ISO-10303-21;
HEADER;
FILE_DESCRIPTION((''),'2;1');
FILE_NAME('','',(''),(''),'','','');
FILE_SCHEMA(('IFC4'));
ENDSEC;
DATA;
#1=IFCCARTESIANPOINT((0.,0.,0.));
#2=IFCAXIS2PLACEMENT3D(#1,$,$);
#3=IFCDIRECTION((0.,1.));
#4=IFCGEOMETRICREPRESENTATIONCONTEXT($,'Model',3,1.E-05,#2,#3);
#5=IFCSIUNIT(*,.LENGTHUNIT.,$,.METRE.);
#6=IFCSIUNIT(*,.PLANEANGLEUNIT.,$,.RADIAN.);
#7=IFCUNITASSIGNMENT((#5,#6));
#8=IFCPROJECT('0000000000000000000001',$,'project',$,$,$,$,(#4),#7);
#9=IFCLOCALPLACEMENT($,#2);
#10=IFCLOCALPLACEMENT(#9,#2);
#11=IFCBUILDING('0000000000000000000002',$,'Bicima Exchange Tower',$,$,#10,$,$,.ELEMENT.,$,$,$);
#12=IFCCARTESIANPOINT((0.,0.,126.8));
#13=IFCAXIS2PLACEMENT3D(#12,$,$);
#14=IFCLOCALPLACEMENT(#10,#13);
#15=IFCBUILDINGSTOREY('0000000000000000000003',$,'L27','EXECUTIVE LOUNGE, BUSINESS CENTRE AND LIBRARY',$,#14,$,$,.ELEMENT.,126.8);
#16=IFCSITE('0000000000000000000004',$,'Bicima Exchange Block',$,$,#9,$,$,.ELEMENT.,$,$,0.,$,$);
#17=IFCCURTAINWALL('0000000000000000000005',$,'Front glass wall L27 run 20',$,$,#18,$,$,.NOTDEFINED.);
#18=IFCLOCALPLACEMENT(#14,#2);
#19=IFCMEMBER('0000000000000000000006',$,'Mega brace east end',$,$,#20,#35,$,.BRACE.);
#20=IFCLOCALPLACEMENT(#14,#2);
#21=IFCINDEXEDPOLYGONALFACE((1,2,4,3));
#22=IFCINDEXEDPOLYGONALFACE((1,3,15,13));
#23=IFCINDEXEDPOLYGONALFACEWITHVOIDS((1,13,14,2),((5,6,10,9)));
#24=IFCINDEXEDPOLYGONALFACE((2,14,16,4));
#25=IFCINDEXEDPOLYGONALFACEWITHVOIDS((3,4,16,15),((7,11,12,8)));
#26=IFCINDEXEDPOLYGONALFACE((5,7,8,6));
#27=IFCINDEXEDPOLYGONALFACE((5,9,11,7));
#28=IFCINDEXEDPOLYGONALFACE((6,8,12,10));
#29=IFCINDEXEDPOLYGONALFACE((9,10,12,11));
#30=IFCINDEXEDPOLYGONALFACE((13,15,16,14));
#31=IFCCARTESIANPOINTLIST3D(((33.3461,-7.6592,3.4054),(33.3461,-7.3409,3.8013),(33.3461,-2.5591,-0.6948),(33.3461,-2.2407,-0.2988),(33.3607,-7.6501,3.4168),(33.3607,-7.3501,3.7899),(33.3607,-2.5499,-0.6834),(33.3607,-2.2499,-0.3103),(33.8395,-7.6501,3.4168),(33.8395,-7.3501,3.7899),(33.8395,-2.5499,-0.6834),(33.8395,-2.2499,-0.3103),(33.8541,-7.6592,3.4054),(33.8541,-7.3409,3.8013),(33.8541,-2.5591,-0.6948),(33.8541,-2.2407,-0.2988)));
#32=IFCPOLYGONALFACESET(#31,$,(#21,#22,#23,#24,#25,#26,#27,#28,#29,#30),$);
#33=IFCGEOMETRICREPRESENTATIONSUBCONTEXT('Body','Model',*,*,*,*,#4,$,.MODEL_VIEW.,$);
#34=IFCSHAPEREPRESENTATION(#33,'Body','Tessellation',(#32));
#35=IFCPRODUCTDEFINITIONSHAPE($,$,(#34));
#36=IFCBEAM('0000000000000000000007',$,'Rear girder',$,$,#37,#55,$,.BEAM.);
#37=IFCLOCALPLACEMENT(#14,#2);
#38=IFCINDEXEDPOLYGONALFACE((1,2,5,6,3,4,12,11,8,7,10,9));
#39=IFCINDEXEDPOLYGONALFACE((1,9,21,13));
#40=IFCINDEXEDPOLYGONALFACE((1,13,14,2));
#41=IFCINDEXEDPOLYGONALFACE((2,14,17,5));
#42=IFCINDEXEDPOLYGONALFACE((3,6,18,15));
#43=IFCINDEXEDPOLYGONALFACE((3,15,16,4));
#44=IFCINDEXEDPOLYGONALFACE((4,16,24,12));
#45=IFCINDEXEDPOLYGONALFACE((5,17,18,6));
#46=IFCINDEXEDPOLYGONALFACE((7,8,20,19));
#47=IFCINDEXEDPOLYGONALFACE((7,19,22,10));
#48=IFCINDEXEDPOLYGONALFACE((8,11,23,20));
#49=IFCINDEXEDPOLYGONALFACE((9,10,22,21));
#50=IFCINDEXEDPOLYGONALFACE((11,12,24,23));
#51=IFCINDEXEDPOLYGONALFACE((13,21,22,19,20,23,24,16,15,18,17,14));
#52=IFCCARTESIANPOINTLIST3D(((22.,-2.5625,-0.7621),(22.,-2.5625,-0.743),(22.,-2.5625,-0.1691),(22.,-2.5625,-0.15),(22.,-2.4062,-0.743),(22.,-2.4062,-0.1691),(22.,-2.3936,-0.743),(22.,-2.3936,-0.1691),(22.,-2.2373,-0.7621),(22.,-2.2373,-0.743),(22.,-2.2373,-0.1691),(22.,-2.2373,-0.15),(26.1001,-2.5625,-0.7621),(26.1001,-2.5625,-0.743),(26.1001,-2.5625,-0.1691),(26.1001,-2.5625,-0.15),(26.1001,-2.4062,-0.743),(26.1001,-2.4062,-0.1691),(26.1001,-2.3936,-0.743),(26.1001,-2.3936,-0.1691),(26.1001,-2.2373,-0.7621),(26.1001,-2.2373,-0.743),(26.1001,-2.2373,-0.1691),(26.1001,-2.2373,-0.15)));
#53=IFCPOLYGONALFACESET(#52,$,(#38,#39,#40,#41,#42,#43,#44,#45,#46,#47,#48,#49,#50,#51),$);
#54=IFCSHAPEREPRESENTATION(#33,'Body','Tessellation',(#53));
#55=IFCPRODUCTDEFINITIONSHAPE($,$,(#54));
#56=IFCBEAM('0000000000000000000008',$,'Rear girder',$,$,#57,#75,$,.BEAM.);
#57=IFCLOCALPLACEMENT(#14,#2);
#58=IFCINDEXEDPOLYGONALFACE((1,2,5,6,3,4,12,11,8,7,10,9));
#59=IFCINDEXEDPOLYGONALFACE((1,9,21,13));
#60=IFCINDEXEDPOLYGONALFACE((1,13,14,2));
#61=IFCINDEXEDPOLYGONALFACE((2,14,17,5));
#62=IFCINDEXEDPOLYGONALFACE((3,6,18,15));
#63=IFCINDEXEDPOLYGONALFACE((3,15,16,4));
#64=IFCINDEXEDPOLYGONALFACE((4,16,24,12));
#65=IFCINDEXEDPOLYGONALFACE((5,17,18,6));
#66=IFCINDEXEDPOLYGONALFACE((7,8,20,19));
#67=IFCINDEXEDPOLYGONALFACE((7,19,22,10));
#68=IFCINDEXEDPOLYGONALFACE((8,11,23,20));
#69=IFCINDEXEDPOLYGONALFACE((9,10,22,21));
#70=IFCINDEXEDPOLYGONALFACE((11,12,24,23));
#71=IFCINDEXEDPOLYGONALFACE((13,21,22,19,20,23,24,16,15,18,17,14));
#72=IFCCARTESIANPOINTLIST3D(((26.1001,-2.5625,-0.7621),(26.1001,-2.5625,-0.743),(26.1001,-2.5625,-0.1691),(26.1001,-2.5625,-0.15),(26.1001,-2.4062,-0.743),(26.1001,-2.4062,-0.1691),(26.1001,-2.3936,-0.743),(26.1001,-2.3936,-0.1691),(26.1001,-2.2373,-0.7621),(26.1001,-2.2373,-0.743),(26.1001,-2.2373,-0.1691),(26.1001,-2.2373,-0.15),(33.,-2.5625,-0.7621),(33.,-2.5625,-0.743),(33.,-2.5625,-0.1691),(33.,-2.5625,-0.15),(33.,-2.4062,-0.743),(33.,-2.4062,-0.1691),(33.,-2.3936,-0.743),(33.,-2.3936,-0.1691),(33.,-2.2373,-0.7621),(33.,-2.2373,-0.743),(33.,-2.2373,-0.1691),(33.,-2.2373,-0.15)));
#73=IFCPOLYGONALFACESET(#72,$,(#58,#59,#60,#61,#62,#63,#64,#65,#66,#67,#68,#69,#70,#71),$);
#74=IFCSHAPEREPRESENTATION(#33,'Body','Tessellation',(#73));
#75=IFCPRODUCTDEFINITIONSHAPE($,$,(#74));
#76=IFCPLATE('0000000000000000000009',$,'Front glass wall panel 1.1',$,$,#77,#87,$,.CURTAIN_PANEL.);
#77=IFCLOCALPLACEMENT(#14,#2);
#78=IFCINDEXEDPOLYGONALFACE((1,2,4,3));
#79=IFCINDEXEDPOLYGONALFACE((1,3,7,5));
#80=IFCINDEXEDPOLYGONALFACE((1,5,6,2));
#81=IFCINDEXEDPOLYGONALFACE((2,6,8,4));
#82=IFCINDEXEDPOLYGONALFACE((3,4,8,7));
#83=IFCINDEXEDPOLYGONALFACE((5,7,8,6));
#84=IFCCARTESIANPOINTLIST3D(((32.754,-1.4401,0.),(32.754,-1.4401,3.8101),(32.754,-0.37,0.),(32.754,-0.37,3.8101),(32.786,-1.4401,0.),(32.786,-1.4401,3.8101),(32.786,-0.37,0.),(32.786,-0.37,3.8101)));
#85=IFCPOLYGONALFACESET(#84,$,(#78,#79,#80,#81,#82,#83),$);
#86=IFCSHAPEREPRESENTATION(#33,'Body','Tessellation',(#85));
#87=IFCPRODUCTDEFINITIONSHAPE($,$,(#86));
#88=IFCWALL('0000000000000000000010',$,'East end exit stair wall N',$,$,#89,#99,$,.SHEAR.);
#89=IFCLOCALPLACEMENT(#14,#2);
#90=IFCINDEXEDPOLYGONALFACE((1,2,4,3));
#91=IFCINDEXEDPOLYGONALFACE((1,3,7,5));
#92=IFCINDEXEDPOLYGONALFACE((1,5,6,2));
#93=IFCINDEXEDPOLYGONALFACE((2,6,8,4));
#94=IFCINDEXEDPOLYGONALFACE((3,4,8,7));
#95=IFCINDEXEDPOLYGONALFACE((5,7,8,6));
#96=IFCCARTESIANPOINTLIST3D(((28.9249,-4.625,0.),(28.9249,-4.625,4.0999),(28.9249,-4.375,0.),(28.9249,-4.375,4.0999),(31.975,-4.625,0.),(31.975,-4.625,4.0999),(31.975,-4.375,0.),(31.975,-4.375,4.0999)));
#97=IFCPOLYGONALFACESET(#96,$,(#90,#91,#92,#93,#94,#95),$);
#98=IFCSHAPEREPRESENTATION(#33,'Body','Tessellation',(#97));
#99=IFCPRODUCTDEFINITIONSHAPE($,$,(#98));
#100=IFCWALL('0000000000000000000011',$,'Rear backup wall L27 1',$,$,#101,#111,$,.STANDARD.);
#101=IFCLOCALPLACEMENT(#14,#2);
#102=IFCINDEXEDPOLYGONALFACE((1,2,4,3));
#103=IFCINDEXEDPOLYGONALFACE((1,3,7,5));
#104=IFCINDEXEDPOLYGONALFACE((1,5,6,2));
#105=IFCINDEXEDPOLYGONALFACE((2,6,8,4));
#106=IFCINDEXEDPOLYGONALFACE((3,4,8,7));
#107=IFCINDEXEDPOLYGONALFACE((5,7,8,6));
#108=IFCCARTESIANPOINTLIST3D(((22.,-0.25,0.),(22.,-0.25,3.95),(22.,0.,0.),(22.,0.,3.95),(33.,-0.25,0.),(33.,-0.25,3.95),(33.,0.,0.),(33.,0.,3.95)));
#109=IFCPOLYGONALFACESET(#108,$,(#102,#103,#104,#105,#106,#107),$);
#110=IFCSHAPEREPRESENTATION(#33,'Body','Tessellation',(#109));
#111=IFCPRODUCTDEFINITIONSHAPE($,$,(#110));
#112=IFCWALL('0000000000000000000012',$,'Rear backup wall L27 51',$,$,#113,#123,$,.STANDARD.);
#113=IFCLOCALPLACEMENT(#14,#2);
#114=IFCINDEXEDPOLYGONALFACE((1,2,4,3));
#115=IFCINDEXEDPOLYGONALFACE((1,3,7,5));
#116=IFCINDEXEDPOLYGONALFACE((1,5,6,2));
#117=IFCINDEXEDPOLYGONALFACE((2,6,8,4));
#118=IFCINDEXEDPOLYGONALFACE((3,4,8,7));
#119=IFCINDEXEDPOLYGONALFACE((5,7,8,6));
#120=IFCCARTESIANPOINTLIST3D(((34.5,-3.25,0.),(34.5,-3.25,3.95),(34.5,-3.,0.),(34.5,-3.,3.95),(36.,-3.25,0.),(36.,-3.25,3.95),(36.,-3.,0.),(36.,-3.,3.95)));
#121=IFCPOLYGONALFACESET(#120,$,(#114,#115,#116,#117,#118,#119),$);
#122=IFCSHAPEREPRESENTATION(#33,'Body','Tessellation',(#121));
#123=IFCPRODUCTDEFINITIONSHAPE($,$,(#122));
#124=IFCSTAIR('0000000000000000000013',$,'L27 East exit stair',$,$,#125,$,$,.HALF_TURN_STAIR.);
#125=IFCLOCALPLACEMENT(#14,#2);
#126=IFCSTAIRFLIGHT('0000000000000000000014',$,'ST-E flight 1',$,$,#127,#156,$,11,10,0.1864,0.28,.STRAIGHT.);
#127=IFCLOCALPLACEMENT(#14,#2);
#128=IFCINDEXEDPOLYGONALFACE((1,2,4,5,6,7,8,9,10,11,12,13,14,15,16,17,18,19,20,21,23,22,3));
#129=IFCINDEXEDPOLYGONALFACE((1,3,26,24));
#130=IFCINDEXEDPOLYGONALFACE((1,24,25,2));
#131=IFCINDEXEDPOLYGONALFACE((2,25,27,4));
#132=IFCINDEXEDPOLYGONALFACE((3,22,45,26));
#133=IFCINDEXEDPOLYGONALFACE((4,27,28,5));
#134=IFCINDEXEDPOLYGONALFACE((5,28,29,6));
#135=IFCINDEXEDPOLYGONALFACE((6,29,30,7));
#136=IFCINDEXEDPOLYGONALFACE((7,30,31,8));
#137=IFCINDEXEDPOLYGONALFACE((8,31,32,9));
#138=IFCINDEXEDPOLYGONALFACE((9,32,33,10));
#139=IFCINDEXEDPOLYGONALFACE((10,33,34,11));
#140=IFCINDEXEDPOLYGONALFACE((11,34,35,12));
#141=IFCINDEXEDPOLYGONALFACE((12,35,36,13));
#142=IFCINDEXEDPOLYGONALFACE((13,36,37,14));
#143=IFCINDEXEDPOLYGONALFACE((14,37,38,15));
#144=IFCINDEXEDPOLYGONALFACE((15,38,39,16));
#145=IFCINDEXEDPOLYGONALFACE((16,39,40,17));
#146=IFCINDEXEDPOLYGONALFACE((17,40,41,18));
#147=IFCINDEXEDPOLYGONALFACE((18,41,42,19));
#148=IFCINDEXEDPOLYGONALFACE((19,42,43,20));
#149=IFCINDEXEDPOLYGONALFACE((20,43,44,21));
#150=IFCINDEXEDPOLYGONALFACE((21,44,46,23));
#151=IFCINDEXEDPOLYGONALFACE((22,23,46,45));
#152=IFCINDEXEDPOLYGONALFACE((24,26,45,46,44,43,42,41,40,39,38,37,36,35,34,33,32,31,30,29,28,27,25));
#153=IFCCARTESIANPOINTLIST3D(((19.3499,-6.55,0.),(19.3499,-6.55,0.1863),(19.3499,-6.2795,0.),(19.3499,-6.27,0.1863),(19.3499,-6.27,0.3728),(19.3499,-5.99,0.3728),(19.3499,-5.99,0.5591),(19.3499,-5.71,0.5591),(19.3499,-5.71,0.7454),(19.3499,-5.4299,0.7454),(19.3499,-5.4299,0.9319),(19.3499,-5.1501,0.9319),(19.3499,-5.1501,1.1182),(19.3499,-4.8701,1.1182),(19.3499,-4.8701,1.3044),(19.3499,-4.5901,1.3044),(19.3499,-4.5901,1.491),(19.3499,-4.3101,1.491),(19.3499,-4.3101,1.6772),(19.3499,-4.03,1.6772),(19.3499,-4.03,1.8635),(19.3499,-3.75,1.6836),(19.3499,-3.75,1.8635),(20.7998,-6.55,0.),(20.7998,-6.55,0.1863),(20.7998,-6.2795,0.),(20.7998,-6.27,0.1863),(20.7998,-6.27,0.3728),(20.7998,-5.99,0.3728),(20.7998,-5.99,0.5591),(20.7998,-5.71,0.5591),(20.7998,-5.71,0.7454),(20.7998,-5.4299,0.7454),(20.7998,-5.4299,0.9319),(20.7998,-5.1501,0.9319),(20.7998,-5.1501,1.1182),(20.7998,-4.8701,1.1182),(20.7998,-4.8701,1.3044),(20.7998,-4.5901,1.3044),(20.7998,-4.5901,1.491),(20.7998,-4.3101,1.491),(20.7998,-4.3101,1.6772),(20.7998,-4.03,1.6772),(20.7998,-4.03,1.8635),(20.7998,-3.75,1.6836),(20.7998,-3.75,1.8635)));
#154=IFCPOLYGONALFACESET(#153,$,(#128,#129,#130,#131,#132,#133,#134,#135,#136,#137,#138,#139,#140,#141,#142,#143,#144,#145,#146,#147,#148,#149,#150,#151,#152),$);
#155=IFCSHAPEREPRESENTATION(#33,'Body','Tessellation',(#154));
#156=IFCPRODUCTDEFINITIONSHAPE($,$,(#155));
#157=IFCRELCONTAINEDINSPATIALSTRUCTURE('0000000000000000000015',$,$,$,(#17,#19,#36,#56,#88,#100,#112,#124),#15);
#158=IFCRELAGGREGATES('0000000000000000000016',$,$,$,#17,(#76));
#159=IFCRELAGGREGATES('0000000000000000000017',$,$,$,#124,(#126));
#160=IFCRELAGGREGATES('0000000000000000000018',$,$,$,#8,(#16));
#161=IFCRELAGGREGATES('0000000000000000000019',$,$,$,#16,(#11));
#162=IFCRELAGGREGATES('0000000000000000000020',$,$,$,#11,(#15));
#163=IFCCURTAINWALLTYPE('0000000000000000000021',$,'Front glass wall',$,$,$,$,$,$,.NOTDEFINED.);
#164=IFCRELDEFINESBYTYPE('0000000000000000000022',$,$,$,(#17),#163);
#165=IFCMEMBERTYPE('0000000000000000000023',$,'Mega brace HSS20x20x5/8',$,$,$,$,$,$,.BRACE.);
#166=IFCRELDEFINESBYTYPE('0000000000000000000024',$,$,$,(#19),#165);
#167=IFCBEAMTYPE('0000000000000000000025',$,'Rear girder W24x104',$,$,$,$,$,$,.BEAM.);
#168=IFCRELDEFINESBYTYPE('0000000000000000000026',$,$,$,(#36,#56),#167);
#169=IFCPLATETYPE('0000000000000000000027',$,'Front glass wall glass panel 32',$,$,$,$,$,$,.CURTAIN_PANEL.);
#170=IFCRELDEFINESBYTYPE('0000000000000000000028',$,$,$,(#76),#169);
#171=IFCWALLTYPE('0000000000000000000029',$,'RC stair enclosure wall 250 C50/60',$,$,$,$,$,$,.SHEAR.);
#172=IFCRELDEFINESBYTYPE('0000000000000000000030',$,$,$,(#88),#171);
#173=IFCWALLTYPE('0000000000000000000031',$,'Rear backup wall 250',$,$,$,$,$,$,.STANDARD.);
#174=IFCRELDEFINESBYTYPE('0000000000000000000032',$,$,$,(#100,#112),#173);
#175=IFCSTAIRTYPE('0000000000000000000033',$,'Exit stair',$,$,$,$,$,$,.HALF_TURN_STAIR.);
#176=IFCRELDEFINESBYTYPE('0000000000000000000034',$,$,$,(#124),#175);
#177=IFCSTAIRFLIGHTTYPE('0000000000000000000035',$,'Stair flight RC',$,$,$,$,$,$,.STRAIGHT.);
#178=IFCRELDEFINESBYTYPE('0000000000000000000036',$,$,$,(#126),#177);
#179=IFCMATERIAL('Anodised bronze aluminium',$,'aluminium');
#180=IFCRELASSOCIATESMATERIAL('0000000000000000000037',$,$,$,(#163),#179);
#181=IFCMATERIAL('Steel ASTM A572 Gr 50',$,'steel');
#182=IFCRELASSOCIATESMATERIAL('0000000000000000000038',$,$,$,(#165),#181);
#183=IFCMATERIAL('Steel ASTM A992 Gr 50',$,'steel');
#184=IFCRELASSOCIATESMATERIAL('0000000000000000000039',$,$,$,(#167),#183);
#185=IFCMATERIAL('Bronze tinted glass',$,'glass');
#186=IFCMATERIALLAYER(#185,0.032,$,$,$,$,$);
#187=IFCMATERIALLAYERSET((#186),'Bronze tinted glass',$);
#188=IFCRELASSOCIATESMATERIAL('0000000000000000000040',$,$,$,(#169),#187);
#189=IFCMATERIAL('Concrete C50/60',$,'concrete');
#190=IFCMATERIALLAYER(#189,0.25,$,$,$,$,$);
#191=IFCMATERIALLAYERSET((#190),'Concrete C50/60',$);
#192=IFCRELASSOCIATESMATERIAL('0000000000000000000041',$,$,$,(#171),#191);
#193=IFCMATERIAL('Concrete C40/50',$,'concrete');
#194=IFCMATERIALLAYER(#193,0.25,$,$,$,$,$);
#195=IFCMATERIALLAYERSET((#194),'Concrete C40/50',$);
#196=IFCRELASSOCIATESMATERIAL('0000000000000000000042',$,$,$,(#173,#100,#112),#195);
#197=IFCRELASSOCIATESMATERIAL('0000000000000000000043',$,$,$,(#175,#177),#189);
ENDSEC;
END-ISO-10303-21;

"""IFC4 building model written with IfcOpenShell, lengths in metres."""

from ifc_helpers import new_model, si_unit, direction, frame, frame_2d, origin, origin_2d, place, context, subcontext, project, spatial, polyline, rectangle, hollow_rectangle, i_section, outline, extrude, material, layer, layer_set, layer_usage, material_profile, profile_set, type_object, element, aggregate, save


model = new_model("IFC4")

# Units and contexts
model_context = context("Model", 3, precision=1e-05, world=origin(), true_north=direction((0.0, 1.0)))
body_context = subcontext(model_context, "Body", "Model", "MODEL_VIEW")
ifc_project = project(units=[si_unit("LENGTHUNIT", "METRE"), si_unit("PLANEANGLEUNIT", "RADIAN")], contexts=[model_context])

# Site, building, storey
site_placement = place(None, origin())
site = spatial("IfcSite", under=ifc_project, at=site_placement, Name="Bicima Exchange Block", CompositionType="ELEMENT", RefElevation=0.0)
building_placement = place(site_placement, origin())
building = spatial("IfcBuilding", under=site, at=building_placement, Name="Bicima Exchange Tower", CompositionType="ELEMENT")
storey_placement = place(building_placement, frame((0.0, 0.0, 126.8)))
storey = spatial("IfcBuildingStorey", under=building, at=storey_placement, Name="L27", Description="EXECUTIVE LOUNGE, BUSINESS CENTRE AND LIBRARY", CompositionType="ELEMENT", Elevation=126.8)

# Shared definitions
ifc_material_1 = material(Name="Steel ASTM A572 Gr 50", Category="steel")
ifc_material_2 = material(Name="Steel ASTM A992 Gr 50", Category="steel")

# Curtain wall
ifc_material_3 = material(Name="Anodised bronze aluminium", Category="aluminium")
curtain_wall_type = type_object("IfcCurtainWallType", Name="Front glass wall", PredefinedType="NOTDEFINED", material=ifc_material_3)
curtain_wall_placement = place(storey_placement, origin())
curtain_wall = element("IfcCurtainWall", 1, at=curtain_wall_placement, inside=storey, type_object=curtain_wall_type, Name="Front glass wall L27 run 20", PredefinedType="NOTDEFINED")

# Member
ifc_material_profile_1 = material_profile(ifc_material_1, hollow_rectangle(XDim=0.5081, YDim=0.5081, WallThickness=0.0146, at=origin_2d()))
ifc_profile_set_1 = profile_set([ifc_material_profile_1], Name="Steel ASTM A572 Gr 50")
member_type_1 = type_object("IfcMemberType", Name="Mega brace HSS20x20x5/8", PredefinedType="BRACE", material=ifc_profile_set_1)
member_1_placement = place(storey_placement, frame((33.6001, -2.3999, -0.4968), z_axis=(0.0, -0.779374, 0.626559), x_axis=(1.0, 0.0, 0.0)))
element("IfcMember", 2, at=member_1_placement, inside=storey, type_object=member_type_1, Name="Mega brace east end", PredefinedType="BRACE", context=body_context, shape_type="SweptSolid", body=[
    extrude(hollow_rectangle(XDim=0.5081, YDim=0.5081, WallThickness=0.0146, at=origin_2d()), origin(), (0.0, 0.0, 1.0), 6.5439),
])

# Beams
ifc_material_profile_2 = material_profile(ifc_material_2, i_section(OverallWidth=0.3252, OverallDepth=0.6121, WebThickness=0.0127, FlangeThickness=0.019, at=origin_2d()))
ifc_profile_set_2 = profile_set([ifc_material_profile_2], Name="Steel ASTM A992 Gr 50")
beam_type_1 = type_object("IfcBeamType", Name="Rear girder W24x104", PredefinedType="BEAM", material=ifc_profile_set_2)
beam_1_placement = place(storey_placement, frame((22.0, -2.3999, -0.4561), z_axis=(1.0, 0.0, 0.0), x_axis=(0.0, 1.0, 0.0)))
element("IfcBeam", 3, at=beam_1_placement, inside=storey, type_object=beam_type_1, Name="Rear girder", PredefinedType="BEAM", context=body_context, shape_type="SweptSolid", body=[
    extrude(i_section(OverallWidth=0.3252, OverallDepth=0.6121, WebThickness=0.0127, FlangeThickness=0.019, at=origin_2d()), origin(), (0.0, 0.0, 1.0), 4.1001),
])
beam_2_placement = place(storey_placement, frame((26.1001, -2.3999, -0.4561), z_axis=(1.0, 0.0, 0.0), x_axis=(0.0, 1.0, 0.0)))
element("IfcBeam", 4, at=beam_2_placement, inside=storey, type_object=beam_type_1, Name="Rear girder", PredefinedType="BEAM", context=body_context, shape_type="SweptSolid", body=[
    extrude(i_section(OverallWidth=0.3252, OverallDepth=0.6121, WebThickness=0.0127, FlangeThickness=0.019, at=origin_2d()), origin(), (0.0, 0.0, 1.0), 6.8999),
])

# Plate
ifc_material_4 = material(Name="Bronze tinted glass", Category="glass")
ifc_layer_1 = layer(ifc_material_4, 0.032)
ifc_layer_set_1 = layer_set([ifc_layer_1], Name="Bronze tinted glass")
plate_type = type_object("IfcPlateType", Name="Front glass wall glass panel 32", PredefinedType="CURTAIN_PANEL", material=ifc_layer_set_1)
plate_placement = place(storey_placement, frame((32.77, -0.905, 0.0), z_axis=(0.0, 0.0, 1.0), x_axis=(0.0, 1.0, 0.0)))
plate = element("IfcPlate", 5, at=plate_placement, type_object=plate_type, Name="Front glass wall panel 1.1", PredefinedType="CURTAIN_PANEL", context=body_context, shape_type="SweptSolid", body=[
    extrude(rectangle(XDim=1.0701, YDim=0.032, at=origin_2d()), origin(), (0.0, 0.0, 1.0), 3.8101),
])
aggregate(curtain_wall, [plate])

# Walls
ifc_material_5 = material(Name="Concrete C50/60", Category="concrete")
ifc_layer_2 = layer(ifc_material_5, 0.25)
ifc_layer_set_2 = layer_set([ifc_layer_2], Name="Concrete C50/60")
wall_type_1 = type_object("IfcWallType", Name="RC stair enclosure wall 250 C50/60", PredefinedType="SHEAR", material=ifc_layer_set_2)
wall_1_placement = place(storey_placement, frame((28.925, -4.5, 0.0), z_axis=(0.0, 0.0, 1.0), x_axis=(1.0, 0.0, 0.0)))
element("IfcWall", 6, at=wall_1_placement, inside=storey, type_object=wall_type_1, Name="East end exit stair wall N", PredefinedType="SHEAR", context=body_context, shape_type="SweptSolid", body=[
    extrude(rectangle(XDim=3.05, YDim=0.25, at=frame_2d((1.5249, 0.0))), origin(), (0.0, 0.0, 1.0), 4.0999),
])
ifc_material_6 = material(Name="Concrete C40/50", Category="concrete")
ifc_layer_3 = layer(ifc_material_6, 0.25)
ifc_layer_set_3 = layer_set([ifc_layer_3], Name="Concrete C40/50")
ifc_layer_usage = layer_usage(ifc_layer_set_3, "AXIS2", "POSITIVE", -0.125)
wall_type_2 = type_object("IfcWallType", Name="Rear backup wall 250", PredefinedType="STANDARD", material=ifc_layer_set_3)
wall_2_placement = place(storey_placement, frame((33.0, -0.125, 0.0), z_axis=(0.0, 0.0, 1.0), x_axis=(-1.0, 0.0, 0.0)))
element("IfcWall", 7, at=wall_2_placement, inside=storey, type_object=wall_type_2, material=ifc_layer_usage, Name="Rear backup wall L27 1", PredefinedType="STANDARD", context=body_context, shape_type="SweptSolid", body=[
    extrude(rectangle(XDim=11.0, YDim=0.25, at=frame_2d((5.5, 0.0))), origin(), (0.0, 0.0, 1.0), 3.95),
])
wall_3_placement = place(storey_placement, frame((36.0, -3.125, 0.0), z_axis=(0.0, 0.0, 1.0), x_axis=(-1.0, 0.0, 0.0)))
element("IfcWall", 8, at=wall_3_placement, inside=storey, type_object=wall_type_2, material=ifc_layer_usage, Name="Rear backup wall L27 51", PredefinedType="STANDARD", context=body_context, shape_type="SweptSolid", body=[
    extrude(rectangle(XDim=1.5, YDim=0.25, at=frame_2d((0.75, 0.0))), origin(), (0.0, 0.0, 1.0), 3.95),
])

# Stair, stair flight
stair_type = type_object("IfcStairType", Name="Exit stair", PredefinedType="HALF_TURN_STAIR", material=ifc_material_5)
stair_1_placement = place(storey_placement, origin())
stair_1 = element("IfcStair", 9, at=stair_1_placement, inside=storey, type_object=stair_type, Name="L27 East exit stair", PredefinedType="HALF_TURN_STAIR")
stair_flight_type = type_object("IfcStairFlightType", Name="Stair flight RC", PredefinedType="STRAIGHT", material=ifc_material_5)
stair_flight_1_placement = place(storey_placement, frame((20.075, -6.55, 0.0), z_axis=(0.0, 0.0, 1.0), x_axis=(0.0, 1.0, 0.0)))
stair_flight_1 = element("IfcStairFlight", 10, at=stair_flight_1_placement, type_object=stair_flight_type, Name="ST-E flight 1", NumberOfRisers=11, NumberOfTreads=10, PredefinedType="STRAIGHT", RiserHeight=0.1864, TreadLength=0.28, context=body_context, shape_type="SweptSolid", body=[
    extrude(outline(polyline([(0.0, 0.0), (0.0, 0.1863), (0.28, 0.1863), (0.28, 0.3728), (0.5601, 0.3728), (0.5601, 0.5591), (0.8401, 0.5591), (0.8401, 0.7454), (1.1201, 0.7454), (1.1201, 0.9319), (1.3999, 0.9319), (1.3999, 1.1182), (1.6799, 1.1182), (1.6799, 1.3044), (1.96, 1.3044), (1.96, 1.491), (2.24, 1.491), (2.24, 1.6772), (2.52, 1.6772), (2.52, 1.8635), (2.8, 1.8635), (2.8, 2.05), (2.8, 1.6836), (0.2705, 0.0), (0.0, 0.0)])), frame((0.0, 0.7251, 0.0), z_axis=(0.0, -1.0, 0.0), x_axis=(1.0, 0.0, 0.0)), (0.0, 0.0, 1.0), 1.45),
])
aggregate(stair_1, [stair_flight_1])

save(model, "model.ifc")
